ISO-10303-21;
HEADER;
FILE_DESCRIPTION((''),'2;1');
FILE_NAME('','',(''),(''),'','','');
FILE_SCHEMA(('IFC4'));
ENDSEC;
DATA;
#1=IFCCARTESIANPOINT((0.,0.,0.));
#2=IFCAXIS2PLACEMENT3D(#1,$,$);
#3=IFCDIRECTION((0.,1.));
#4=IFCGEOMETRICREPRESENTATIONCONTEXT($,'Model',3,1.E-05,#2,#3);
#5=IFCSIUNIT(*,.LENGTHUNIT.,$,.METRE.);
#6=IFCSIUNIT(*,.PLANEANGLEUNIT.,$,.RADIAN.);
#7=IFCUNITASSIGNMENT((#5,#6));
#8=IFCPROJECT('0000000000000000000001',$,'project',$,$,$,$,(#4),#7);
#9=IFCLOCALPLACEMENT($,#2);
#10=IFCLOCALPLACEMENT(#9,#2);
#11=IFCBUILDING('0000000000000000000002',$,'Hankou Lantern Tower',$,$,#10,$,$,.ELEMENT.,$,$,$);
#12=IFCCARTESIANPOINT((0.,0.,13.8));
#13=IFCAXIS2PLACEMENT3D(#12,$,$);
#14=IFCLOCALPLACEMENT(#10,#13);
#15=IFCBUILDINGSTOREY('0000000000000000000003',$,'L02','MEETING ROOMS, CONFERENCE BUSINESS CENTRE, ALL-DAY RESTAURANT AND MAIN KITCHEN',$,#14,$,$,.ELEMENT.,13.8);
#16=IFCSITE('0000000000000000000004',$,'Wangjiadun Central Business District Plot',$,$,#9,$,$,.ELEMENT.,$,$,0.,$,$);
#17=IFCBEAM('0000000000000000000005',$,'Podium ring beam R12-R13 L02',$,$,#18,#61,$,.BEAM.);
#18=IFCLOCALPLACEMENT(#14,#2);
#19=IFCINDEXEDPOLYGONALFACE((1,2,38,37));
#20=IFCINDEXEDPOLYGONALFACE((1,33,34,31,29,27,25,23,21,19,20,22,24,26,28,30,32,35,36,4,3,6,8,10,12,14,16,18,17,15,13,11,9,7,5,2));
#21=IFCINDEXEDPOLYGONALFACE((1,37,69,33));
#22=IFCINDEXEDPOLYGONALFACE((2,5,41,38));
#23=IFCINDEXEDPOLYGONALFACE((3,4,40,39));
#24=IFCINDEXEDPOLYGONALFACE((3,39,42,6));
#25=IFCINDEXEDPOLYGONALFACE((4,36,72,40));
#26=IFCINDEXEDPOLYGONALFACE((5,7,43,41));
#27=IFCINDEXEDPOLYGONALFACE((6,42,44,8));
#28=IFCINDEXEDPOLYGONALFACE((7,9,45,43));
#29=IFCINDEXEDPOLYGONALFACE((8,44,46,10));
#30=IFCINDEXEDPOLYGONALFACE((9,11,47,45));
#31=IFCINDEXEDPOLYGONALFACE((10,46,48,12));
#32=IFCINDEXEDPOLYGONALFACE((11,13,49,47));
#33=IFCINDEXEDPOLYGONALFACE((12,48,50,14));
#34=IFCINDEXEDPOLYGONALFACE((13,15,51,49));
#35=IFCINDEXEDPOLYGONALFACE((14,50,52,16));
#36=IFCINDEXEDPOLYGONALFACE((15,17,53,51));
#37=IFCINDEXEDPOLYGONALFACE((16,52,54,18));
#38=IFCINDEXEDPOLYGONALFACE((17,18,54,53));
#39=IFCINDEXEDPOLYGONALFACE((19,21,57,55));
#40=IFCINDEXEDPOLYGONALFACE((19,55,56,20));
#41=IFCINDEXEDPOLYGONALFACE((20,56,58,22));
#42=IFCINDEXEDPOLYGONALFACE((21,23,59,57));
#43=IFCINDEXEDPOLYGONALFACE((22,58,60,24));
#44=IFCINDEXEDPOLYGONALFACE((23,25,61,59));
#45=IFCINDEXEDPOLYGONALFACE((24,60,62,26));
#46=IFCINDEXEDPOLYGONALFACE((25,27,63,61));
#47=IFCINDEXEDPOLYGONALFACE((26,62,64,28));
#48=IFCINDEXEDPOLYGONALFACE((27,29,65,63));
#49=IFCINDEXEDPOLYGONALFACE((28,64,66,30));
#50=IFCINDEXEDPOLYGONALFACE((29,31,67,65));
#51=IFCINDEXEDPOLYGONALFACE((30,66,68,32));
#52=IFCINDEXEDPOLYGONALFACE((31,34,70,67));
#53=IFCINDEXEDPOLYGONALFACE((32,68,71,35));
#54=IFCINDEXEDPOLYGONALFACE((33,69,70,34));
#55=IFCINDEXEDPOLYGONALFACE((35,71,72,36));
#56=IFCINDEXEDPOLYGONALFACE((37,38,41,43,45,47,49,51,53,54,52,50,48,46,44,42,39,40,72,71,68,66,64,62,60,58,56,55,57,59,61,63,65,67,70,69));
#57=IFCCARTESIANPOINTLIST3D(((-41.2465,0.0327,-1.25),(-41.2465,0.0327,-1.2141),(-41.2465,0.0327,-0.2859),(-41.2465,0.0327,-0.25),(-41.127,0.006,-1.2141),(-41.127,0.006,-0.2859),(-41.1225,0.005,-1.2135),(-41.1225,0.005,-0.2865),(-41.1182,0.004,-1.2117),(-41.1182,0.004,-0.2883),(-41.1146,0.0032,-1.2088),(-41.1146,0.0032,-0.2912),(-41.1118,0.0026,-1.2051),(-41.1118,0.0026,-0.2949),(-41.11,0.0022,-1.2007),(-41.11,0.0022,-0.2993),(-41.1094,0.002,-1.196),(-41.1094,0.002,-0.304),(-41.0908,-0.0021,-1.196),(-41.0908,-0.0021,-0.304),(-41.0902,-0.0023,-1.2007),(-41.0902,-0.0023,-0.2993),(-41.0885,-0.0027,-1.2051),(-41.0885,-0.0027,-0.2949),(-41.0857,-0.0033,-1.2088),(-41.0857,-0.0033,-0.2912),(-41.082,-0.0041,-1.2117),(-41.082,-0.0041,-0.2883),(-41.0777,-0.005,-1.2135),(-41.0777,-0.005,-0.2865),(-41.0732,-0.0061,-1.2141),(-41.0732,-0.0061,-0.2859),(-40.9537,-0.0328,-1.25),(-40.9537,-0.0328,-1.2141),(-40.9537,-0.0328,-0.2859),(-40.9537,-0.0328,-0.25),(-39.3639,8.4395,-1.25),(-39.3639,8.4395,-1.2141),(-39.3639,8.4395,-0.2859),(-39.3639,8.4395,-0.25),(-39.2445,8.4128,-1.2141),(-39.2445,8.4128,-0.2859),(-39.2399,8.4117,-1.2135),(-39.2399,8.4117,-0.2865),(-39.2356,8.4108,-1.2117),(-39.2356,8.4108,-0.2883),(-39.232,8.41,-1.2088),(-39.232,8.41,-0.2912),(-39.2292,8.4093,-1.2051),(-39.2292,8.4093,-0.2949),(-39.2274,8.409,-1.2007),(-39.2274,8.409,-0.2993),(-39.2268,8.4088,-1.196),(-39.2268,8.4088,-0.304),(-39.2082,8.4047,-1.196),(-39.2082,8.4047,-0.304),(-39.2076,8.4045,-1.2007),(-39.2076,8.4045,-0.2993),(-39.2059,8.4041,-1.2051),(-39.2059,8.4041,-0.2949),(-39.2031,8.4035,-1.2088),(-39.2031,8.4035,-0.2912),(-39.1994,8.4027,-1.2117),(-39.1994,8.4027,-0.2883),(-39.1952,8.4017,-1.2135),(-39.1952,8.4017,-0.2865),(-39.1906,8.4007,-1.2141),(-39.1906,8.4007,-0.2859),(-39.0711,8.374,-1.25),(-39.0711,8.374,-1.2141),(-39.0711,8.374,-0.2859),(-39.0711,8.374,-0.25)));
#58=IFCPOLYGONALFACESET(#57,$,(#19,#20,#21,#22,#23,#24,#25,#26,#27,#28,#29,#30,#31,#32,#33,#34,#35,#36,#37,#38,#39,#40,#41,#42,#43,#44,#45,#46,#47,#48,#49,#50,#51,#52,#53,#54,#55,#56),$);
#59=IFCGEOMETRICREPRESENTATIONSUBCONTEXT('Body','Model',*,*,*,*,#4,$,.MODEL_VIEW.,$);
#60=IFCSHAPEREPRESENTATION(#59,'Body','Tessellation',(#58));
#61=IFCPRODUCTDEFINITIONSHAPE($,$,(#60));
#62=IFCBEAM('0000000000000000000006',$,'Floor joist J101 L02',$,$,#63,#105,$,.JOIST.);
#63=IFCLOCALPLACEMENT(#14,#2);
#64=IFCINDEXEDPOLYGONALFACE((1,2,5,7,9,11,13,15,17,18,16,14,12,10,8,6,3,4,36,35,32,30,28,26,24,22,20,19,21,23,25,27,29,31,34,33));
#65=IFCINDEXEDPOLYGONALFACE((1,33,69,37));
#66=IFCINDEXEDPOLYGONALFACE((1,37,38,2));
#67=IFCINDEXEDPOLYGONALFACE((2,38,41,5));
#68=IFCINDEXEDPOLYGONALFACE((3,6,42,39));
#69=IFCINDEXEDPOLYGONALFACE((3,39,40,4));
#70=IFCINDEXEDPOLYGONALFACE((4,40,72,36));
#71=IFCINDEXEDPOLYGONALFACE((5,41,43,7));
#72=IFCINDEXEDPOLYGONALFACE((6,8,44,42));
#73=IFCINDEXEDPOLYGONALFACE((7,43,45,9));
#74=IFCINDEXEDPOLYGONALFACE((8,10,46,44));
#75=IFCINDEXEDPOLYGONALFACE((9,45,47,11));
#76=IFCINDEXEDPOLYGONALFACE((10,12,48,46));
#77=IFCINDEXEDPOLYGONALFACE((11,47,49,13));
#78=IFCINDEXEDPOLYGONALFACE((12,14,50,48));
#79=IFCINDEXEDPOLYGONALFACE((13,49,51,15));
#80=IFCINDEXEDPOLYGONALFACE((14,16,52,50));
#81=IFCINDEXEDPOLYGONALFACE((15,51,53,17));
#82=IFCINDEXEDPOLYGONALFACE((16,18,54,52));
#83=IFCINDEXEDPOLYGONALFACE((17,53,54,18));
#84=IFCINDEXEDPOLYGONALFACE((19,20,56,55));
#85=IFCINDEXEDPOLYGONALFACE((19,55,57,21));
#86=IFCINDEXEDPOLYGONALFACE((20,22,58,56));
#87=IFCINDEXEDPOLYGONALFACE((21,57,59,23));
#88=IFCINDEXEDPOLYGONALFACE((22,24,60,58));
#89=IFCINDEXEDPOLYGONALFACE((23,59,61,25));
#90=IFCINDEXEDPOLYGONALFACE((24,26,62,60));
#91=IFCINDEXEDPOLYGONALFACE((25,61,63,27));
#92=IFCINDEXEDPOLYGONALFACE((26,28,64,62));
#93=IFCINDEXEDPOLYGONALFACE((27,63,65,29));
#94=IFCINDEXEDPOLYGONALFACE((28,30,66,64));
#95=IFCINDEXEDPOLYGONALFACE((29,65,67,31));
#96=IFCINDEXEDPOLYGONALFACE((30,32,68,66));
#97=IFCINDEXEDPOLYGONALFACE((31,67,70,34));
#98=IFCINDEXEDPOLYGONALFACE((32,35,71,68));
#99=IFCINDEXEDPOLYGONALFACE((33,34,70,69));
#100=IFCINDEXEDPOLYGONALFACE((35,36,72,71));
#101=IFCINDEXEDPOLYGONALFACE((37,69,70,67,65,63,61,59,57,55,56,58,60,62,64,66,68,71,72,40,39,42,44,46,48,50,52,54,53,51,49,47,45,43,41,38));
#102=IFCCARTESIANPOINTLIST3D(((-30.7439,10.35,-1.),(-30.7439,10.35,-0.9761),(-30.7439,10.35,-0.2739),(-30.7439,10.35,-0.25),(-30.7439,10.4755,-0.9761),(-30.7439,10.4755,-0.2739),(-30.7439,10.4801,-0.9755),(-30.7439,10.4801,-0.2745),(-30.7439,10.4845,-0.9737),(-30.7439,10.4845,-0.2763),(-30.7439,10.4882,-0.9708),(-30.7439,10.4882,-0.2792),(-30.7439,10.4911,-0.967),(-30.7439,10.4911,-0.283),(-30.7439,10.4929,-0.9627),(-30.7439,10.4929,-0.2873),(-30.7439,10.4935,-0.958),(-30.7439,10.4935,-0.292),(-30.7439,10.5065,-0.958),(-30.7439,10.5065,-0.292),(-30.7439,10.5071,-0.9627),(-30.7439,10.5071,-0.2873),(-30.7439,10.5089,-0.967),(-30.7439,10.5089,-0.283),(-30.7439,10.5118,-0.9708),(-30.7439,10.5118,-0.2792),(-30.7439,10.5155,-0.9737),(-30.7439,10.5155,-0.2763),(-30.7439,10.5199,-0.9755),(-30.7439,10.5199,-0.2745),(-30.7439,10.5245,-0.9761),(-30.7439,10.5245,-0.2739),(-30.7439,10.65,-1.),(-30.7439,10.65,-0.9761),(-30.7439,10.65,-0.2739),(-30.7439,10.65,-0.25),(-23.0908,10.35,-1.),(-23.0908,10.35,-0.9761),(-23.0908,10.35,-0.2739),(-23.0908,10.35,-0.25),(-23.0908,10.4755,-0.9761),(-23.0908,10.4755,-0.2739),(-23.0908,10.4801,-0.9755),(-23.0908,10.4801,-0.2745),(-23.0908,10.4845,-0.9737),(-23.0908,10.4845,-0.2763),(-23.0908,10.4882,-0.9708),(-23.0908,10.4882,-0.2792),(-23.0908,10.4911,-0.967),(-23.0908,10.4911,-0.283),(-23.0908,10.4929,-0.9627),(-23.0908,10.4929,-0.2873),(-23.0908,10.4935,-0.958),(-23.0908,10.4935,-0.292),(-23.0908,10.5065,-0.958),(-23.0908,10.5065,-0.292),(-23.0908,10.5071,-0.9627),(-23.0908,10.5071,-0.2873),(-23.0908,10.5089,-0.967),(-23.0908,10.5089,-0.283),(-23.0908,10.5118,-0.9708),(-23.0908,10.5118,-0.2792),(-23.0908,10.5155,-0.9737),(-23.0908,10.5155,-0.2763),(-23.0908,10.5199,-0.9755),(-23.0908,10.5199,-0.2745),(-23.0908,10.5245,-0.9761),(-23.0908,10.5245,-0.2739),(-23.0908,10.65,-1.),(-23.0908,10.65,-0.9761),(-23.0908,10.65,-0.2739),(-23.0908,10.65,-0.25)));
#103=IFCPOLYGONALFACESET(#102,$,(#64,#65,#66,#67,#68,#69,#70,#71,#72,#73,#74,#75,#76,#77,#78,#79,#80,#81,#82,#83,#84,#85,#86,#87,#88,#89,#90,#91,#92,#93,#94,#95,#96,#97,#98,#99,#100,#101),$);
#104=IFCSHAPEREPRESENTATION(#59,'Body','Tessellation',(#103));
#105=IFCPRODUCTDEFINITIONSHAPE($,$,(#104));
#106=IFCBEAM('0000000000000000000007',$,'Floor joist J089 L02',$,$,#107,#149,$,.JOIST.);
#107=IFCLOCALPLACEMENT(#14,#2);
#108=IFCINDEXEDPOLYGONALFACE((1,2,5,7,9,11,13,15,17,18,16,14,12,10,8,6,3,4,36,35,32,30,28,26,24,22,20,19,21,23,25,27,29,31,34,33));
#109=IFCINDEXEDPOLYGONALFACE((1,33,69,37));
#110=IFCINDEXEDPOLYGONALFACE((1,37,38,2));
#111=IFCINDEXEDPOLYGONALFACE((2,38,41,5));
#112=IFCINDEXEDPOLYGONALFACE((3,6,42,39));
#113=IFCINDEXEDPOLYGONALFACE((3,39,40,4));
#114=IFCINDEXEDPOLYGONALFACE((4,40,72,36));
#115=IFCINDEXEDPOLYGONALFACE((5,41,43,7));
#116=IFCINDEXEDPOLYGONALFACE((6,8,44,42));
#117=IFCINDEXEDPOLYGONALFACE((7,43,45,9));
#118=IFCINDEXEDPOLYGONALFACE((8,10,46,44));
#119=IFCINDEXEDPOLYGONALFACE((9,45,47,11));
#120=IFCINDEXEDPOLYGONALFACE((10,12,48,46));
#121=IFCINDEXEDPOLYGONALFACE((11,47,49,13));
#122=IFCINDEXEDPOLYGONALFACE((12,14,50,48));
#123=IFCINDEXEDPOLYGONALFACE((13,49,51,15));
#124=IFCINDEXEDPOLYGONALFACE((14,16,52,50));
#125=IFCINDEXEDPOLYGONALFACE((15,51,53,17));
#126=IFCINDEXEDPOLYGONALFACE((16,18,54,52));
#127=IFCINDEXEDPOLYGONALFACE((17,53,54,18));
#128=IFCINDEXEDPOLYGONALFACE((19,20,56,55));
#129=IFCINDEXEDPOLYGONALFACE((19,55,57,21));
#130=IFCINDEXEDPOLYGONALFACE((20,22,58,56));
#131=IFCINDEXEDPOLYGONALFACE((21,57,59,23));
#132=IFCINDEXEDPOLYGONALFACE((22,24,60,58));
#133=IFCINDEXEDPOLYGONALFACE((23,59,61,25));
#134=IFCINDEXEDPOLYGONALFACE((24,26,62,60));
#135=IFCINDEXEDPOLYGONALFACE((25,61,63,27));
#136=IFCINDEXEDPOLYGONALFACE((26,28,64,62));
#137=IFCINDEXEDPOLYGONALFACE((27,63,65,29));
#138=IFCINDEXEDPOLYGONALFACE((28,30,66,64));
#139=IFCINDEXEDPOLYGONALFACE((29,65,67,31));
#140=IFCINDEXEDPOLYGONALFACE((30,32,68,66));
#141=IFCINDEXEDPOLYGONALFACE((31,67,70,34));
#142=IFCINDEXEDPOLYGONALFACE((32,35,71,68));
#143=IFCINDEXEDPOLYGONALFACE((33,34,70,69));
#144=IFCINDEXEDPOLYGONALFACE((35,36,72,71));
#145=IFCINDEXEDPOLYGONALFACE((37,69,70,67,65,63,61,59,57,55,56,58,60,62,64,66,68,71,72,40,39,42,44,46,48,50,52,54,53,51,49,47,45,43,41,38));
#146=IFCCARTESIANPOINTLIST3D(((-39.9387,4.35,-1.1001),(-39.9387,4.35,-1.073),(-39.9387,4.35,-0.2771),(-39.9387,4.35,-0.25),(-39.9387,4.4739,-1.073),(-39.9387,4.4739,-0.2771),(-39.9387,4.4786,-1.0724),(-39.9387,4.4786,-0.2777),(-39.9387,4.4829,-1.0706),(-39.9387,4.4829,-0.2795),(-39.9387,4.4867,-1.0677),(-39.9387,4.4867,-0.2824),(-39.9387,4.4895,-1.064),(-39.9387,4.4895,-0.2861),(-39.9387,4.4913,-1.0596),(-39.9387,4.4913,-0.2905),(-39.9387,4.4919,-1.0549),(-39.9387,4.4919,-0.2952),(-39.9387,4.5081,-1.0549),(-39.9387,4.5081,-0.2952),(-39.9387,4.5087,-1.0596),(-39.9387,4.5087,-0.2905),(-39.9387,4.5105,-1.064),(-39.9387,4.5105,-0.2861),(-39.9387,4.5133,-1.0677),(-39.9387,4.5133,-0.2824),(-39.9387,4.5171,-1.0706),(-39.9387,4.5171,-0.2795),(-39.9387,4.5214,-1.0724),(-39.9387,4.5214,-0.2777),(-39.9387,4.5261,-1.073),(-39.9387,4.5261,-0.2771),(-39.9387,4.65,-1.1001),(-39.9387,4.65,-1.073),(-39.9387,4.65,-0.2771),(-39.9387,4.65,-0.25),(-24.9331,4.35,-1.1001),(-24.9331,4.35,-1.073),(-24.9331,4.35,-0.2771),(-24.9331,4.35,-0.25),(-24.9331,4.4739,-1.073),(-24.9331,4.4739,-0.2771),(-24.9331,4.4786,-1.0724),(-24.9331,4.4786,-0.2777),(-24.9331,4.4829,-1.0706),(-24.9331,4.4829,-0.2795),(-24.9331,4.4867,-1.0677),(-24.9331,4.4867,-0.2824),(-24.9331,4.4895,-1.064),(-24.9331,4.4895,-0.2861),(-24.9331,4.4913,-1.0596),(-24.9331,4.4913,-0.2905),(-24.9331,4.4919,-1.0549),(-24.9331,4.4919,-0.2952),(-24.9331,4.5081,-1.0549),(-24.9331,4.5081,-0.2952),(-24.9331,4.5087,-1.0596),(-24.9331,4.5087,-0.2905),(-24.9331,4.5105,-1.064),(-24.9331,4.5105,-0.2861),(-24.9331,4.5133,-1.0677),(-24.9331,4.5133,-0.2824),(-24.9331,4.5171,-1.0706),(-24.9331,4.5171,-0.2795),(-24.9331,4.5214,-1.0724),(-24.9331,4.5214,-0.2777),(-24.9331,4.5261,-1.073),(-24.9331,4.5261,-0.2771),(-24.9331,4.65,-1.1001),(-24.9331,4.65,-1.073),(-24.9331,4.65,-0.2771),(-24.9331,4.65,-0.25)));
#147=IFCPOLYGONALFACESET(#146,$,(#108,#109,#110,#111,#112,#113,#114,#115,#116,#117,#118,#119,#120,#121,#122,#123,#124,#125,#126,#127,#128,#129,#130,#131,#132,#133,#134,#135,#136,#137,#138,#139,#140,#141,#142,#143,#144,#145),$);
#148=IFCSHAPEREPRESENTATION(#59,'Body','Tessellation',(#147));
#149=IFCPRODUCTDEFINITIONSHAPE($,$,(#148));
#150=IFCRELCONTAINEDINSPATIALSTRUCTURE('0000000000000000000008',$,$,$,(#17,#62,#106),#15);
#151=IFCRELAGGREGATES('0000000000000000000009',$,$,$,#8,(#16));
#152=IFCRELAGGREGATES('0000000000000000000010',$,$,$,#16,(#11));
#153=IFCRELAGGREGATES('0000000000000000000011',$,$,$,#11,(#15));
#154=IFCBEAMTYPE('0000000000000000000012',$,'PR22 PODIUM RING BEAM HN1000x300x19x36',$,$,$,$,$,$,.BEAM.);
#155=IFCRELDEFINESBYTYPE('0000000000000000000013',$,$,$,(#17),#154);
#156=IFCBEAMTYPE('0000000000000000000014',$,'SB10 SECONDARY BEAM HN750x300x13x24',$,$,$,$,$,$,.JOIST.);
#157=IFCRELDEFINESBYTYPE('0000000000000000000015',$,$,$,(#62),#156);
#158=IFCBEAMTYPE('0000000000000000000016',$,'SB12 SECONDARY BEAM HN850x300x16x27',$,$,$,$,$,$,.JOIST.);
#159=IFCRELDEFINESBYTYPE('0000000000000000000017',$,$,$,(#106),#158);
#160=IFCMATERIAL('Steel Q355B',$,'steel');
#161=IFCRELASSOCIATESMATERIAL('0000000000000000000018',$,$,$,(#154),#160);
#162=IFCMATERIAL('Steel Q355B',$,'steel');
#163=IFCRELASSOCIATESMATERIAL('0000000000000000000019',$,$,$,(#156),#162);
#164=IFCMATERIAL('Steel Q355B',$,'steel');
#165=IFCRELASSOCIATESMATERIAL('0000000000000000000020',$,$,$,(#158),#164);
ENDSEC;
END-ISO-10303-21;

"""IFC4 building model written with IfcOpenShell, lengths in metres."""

from ifc_helpers import new_model, si_unit, direction, frame, origin, origin_2d, place, context, subcontext, project, spatial, i_section, extrude, material, material_profile, profile_set, type_object, element, save


model = new_model("IFC4")

# Units and contexts
model_context = context("Model", 3, precision=1e-05, world=origin(), true_north=direction((0.0, 1.0)))
body_context = subcontext(model_context, "Body", "Model", "MODEL_VIEW")
ifc_project = project(units=[si_unit("LENGTHUNIT", "METRE"), si_unit("PLANEANGLEUNIT", "RADIAN")], contexts=[model_context])

# Site, building, storey
site_placement = place(None, origin())
site = spatial("IfcSite", under=ifc_project, at=site_placement, Name="Wangjiadun Central Business District Plot", CompositionType="ELEMENT", RefElevation=0.0)
building_placement = place(site_placement, origin())
building = spatial("IfcBuilding", under=site, at=building_placement, Name="Hankou Lantern Tower", CompositionType="ELEMENT")
storey_placement = place(building_placement, frame((0.0, 0.0, 13.8)))
storey = spatial("IfcBuildingStorey", under=building, at=storey_placement, Name="L02", Description="MEETING ROOMS, CONFERENCE BUSINESS CENTRE, ALL-DAY RESTAURANT AND MAIN KITCHEN", CompositionType="ELEMENT", Elevation=13.8)

# Beams
ifc_material_1 = material(Name="Steel Q355B", Category="steel")
ifc_material_profile_1 = material_profile(ifc_material_1, i_section(OverallWidth=0.3, OverallDepth=1.0, WebThickness=0.019, FlangeThickness=0.0359, FilletRadius=0.0181, at=origin_2d()), Name="HN1000x300x19x36")
ifc_profile_set_1 = profile_set([ifc_material_profile_1], Name="Steel Q355B")
beam_type_1 = type_object("IfcBeamType", Name="PR22 PODIUM RING BEAM HN1000x300x19x36", PredefinedType="BEAM", material=ifc_profile_set_1)
beam_1_placement = place(storey_placement, frame((-39.2175, 8.4067, -0.75), z_axis=(-0.218523, -0.975832, 0.0), x_axis=(0.975832, -0.218523, 0.0)))
element("IfcBeam", 1, at=beam_1_placement, inside=storey, type_object=beam_type_1, Name="Podium ring beam R12-R13 L02", PredefinedType="BEAM", context=body_context, shape_type="SweptSolid", body=[
    extrude(i_section(OverallWidth=0.3, OverallDepth=1.0, WebThickness=0.019, FlangeThickness=0.0359, FilletRadius=0.0181, at=origin_2d()), origin(), (0.0, 0.0, 1.0), 8.615),
])
ifc_material_2 = material(Name="Steel Q355B", Category="steel")
ifc_material_profile_2 = material_profile(ifc_material_2, i_section(OverallWidth=0.3, OverallDepth=0.75, WebThickness=0.0129, FlangeThickness=0.0239, FilletRadius=0.0181, at=origin_2d()), Name="HN750x300x13x24")
ifc_profile_set_2 = profile_set([ifc_material_profile_2], Name="Steel Q355B")
beam_type_2 = type_object("IfcBeamType", Name="SB10 SECONDARY BEAM HN750x300x13x24", PredefinedType="JOIST", material=ifc_profile_set_2)
beam_2_placement = place(storey_placement, frame((-30.7439, 10.5, -0.625), z_axis=(1.0, 0.0, 0.0), x_axis=(0.0, 1.0, 0.0)))
element("IfcBeam", 2, at=beam_2_placement, inside=storey, type_object=beam_type_2, Name="Floor joist J101 L02", PredefinedType="JOIST", context=body_context, shape_type="SweptSolid", body=[
    extrude(i_section(OverallWidth=0.3, OverallDepth=0.75, WebThickness=0.0129, FlangeThickness=0.0239, FilletRadius=0.0181, at=origin_2d()), origin(), (0.0, 0.0, 1.0), 7.6531),
])
ifc_material_3 = material(Name="Steel Q355B", Category="steel")
ifc_material_profile_3 = material_profile(ifc_material_3, i_section(OverallWidth=0.3, OverallDepth=0.8501, WebThickness=0.0161, FlangeThickness=0.0271, FilletRadius=0.0181, at=origin_2d()), Name="HN850x300x16x27")
ifc_profile_set_3 = profile_set([ifc_material_profile_3], Name="Steel Q355B")
beam_type_3 = type_object("IfcBeamType", Name="SB12 SECONDARY BEAM HN850x300x16x27", PredefinedType="JOIST", material=ifc_profile_set_3)
beam_3_placement = place(storey_placement, frame((-39.9387, 4.5, -0.675), z_axis=(1.0, 0.0, 0.0), x_axis=(0.0, 1.0, 0.0)))
element("IfcBeam", 3, at=beam_3_placement, inside=storey, type_object=beam_type_3, Name="Floor joist J089 L02", PredefinedType="JOIST", context=body_context, shape_type="SweptSolid", body=[
    extrude(i_section(OverallWidth=0.3, OverallDepth=0.8501, WebThickness=0.0161, FlangeThickness=0.0271, FilletRadius=0.0181, at=origin_2d()), origin(), (0.0, 0.0, 1.0), 15.0056),
])

save(model, "model.ifc")
